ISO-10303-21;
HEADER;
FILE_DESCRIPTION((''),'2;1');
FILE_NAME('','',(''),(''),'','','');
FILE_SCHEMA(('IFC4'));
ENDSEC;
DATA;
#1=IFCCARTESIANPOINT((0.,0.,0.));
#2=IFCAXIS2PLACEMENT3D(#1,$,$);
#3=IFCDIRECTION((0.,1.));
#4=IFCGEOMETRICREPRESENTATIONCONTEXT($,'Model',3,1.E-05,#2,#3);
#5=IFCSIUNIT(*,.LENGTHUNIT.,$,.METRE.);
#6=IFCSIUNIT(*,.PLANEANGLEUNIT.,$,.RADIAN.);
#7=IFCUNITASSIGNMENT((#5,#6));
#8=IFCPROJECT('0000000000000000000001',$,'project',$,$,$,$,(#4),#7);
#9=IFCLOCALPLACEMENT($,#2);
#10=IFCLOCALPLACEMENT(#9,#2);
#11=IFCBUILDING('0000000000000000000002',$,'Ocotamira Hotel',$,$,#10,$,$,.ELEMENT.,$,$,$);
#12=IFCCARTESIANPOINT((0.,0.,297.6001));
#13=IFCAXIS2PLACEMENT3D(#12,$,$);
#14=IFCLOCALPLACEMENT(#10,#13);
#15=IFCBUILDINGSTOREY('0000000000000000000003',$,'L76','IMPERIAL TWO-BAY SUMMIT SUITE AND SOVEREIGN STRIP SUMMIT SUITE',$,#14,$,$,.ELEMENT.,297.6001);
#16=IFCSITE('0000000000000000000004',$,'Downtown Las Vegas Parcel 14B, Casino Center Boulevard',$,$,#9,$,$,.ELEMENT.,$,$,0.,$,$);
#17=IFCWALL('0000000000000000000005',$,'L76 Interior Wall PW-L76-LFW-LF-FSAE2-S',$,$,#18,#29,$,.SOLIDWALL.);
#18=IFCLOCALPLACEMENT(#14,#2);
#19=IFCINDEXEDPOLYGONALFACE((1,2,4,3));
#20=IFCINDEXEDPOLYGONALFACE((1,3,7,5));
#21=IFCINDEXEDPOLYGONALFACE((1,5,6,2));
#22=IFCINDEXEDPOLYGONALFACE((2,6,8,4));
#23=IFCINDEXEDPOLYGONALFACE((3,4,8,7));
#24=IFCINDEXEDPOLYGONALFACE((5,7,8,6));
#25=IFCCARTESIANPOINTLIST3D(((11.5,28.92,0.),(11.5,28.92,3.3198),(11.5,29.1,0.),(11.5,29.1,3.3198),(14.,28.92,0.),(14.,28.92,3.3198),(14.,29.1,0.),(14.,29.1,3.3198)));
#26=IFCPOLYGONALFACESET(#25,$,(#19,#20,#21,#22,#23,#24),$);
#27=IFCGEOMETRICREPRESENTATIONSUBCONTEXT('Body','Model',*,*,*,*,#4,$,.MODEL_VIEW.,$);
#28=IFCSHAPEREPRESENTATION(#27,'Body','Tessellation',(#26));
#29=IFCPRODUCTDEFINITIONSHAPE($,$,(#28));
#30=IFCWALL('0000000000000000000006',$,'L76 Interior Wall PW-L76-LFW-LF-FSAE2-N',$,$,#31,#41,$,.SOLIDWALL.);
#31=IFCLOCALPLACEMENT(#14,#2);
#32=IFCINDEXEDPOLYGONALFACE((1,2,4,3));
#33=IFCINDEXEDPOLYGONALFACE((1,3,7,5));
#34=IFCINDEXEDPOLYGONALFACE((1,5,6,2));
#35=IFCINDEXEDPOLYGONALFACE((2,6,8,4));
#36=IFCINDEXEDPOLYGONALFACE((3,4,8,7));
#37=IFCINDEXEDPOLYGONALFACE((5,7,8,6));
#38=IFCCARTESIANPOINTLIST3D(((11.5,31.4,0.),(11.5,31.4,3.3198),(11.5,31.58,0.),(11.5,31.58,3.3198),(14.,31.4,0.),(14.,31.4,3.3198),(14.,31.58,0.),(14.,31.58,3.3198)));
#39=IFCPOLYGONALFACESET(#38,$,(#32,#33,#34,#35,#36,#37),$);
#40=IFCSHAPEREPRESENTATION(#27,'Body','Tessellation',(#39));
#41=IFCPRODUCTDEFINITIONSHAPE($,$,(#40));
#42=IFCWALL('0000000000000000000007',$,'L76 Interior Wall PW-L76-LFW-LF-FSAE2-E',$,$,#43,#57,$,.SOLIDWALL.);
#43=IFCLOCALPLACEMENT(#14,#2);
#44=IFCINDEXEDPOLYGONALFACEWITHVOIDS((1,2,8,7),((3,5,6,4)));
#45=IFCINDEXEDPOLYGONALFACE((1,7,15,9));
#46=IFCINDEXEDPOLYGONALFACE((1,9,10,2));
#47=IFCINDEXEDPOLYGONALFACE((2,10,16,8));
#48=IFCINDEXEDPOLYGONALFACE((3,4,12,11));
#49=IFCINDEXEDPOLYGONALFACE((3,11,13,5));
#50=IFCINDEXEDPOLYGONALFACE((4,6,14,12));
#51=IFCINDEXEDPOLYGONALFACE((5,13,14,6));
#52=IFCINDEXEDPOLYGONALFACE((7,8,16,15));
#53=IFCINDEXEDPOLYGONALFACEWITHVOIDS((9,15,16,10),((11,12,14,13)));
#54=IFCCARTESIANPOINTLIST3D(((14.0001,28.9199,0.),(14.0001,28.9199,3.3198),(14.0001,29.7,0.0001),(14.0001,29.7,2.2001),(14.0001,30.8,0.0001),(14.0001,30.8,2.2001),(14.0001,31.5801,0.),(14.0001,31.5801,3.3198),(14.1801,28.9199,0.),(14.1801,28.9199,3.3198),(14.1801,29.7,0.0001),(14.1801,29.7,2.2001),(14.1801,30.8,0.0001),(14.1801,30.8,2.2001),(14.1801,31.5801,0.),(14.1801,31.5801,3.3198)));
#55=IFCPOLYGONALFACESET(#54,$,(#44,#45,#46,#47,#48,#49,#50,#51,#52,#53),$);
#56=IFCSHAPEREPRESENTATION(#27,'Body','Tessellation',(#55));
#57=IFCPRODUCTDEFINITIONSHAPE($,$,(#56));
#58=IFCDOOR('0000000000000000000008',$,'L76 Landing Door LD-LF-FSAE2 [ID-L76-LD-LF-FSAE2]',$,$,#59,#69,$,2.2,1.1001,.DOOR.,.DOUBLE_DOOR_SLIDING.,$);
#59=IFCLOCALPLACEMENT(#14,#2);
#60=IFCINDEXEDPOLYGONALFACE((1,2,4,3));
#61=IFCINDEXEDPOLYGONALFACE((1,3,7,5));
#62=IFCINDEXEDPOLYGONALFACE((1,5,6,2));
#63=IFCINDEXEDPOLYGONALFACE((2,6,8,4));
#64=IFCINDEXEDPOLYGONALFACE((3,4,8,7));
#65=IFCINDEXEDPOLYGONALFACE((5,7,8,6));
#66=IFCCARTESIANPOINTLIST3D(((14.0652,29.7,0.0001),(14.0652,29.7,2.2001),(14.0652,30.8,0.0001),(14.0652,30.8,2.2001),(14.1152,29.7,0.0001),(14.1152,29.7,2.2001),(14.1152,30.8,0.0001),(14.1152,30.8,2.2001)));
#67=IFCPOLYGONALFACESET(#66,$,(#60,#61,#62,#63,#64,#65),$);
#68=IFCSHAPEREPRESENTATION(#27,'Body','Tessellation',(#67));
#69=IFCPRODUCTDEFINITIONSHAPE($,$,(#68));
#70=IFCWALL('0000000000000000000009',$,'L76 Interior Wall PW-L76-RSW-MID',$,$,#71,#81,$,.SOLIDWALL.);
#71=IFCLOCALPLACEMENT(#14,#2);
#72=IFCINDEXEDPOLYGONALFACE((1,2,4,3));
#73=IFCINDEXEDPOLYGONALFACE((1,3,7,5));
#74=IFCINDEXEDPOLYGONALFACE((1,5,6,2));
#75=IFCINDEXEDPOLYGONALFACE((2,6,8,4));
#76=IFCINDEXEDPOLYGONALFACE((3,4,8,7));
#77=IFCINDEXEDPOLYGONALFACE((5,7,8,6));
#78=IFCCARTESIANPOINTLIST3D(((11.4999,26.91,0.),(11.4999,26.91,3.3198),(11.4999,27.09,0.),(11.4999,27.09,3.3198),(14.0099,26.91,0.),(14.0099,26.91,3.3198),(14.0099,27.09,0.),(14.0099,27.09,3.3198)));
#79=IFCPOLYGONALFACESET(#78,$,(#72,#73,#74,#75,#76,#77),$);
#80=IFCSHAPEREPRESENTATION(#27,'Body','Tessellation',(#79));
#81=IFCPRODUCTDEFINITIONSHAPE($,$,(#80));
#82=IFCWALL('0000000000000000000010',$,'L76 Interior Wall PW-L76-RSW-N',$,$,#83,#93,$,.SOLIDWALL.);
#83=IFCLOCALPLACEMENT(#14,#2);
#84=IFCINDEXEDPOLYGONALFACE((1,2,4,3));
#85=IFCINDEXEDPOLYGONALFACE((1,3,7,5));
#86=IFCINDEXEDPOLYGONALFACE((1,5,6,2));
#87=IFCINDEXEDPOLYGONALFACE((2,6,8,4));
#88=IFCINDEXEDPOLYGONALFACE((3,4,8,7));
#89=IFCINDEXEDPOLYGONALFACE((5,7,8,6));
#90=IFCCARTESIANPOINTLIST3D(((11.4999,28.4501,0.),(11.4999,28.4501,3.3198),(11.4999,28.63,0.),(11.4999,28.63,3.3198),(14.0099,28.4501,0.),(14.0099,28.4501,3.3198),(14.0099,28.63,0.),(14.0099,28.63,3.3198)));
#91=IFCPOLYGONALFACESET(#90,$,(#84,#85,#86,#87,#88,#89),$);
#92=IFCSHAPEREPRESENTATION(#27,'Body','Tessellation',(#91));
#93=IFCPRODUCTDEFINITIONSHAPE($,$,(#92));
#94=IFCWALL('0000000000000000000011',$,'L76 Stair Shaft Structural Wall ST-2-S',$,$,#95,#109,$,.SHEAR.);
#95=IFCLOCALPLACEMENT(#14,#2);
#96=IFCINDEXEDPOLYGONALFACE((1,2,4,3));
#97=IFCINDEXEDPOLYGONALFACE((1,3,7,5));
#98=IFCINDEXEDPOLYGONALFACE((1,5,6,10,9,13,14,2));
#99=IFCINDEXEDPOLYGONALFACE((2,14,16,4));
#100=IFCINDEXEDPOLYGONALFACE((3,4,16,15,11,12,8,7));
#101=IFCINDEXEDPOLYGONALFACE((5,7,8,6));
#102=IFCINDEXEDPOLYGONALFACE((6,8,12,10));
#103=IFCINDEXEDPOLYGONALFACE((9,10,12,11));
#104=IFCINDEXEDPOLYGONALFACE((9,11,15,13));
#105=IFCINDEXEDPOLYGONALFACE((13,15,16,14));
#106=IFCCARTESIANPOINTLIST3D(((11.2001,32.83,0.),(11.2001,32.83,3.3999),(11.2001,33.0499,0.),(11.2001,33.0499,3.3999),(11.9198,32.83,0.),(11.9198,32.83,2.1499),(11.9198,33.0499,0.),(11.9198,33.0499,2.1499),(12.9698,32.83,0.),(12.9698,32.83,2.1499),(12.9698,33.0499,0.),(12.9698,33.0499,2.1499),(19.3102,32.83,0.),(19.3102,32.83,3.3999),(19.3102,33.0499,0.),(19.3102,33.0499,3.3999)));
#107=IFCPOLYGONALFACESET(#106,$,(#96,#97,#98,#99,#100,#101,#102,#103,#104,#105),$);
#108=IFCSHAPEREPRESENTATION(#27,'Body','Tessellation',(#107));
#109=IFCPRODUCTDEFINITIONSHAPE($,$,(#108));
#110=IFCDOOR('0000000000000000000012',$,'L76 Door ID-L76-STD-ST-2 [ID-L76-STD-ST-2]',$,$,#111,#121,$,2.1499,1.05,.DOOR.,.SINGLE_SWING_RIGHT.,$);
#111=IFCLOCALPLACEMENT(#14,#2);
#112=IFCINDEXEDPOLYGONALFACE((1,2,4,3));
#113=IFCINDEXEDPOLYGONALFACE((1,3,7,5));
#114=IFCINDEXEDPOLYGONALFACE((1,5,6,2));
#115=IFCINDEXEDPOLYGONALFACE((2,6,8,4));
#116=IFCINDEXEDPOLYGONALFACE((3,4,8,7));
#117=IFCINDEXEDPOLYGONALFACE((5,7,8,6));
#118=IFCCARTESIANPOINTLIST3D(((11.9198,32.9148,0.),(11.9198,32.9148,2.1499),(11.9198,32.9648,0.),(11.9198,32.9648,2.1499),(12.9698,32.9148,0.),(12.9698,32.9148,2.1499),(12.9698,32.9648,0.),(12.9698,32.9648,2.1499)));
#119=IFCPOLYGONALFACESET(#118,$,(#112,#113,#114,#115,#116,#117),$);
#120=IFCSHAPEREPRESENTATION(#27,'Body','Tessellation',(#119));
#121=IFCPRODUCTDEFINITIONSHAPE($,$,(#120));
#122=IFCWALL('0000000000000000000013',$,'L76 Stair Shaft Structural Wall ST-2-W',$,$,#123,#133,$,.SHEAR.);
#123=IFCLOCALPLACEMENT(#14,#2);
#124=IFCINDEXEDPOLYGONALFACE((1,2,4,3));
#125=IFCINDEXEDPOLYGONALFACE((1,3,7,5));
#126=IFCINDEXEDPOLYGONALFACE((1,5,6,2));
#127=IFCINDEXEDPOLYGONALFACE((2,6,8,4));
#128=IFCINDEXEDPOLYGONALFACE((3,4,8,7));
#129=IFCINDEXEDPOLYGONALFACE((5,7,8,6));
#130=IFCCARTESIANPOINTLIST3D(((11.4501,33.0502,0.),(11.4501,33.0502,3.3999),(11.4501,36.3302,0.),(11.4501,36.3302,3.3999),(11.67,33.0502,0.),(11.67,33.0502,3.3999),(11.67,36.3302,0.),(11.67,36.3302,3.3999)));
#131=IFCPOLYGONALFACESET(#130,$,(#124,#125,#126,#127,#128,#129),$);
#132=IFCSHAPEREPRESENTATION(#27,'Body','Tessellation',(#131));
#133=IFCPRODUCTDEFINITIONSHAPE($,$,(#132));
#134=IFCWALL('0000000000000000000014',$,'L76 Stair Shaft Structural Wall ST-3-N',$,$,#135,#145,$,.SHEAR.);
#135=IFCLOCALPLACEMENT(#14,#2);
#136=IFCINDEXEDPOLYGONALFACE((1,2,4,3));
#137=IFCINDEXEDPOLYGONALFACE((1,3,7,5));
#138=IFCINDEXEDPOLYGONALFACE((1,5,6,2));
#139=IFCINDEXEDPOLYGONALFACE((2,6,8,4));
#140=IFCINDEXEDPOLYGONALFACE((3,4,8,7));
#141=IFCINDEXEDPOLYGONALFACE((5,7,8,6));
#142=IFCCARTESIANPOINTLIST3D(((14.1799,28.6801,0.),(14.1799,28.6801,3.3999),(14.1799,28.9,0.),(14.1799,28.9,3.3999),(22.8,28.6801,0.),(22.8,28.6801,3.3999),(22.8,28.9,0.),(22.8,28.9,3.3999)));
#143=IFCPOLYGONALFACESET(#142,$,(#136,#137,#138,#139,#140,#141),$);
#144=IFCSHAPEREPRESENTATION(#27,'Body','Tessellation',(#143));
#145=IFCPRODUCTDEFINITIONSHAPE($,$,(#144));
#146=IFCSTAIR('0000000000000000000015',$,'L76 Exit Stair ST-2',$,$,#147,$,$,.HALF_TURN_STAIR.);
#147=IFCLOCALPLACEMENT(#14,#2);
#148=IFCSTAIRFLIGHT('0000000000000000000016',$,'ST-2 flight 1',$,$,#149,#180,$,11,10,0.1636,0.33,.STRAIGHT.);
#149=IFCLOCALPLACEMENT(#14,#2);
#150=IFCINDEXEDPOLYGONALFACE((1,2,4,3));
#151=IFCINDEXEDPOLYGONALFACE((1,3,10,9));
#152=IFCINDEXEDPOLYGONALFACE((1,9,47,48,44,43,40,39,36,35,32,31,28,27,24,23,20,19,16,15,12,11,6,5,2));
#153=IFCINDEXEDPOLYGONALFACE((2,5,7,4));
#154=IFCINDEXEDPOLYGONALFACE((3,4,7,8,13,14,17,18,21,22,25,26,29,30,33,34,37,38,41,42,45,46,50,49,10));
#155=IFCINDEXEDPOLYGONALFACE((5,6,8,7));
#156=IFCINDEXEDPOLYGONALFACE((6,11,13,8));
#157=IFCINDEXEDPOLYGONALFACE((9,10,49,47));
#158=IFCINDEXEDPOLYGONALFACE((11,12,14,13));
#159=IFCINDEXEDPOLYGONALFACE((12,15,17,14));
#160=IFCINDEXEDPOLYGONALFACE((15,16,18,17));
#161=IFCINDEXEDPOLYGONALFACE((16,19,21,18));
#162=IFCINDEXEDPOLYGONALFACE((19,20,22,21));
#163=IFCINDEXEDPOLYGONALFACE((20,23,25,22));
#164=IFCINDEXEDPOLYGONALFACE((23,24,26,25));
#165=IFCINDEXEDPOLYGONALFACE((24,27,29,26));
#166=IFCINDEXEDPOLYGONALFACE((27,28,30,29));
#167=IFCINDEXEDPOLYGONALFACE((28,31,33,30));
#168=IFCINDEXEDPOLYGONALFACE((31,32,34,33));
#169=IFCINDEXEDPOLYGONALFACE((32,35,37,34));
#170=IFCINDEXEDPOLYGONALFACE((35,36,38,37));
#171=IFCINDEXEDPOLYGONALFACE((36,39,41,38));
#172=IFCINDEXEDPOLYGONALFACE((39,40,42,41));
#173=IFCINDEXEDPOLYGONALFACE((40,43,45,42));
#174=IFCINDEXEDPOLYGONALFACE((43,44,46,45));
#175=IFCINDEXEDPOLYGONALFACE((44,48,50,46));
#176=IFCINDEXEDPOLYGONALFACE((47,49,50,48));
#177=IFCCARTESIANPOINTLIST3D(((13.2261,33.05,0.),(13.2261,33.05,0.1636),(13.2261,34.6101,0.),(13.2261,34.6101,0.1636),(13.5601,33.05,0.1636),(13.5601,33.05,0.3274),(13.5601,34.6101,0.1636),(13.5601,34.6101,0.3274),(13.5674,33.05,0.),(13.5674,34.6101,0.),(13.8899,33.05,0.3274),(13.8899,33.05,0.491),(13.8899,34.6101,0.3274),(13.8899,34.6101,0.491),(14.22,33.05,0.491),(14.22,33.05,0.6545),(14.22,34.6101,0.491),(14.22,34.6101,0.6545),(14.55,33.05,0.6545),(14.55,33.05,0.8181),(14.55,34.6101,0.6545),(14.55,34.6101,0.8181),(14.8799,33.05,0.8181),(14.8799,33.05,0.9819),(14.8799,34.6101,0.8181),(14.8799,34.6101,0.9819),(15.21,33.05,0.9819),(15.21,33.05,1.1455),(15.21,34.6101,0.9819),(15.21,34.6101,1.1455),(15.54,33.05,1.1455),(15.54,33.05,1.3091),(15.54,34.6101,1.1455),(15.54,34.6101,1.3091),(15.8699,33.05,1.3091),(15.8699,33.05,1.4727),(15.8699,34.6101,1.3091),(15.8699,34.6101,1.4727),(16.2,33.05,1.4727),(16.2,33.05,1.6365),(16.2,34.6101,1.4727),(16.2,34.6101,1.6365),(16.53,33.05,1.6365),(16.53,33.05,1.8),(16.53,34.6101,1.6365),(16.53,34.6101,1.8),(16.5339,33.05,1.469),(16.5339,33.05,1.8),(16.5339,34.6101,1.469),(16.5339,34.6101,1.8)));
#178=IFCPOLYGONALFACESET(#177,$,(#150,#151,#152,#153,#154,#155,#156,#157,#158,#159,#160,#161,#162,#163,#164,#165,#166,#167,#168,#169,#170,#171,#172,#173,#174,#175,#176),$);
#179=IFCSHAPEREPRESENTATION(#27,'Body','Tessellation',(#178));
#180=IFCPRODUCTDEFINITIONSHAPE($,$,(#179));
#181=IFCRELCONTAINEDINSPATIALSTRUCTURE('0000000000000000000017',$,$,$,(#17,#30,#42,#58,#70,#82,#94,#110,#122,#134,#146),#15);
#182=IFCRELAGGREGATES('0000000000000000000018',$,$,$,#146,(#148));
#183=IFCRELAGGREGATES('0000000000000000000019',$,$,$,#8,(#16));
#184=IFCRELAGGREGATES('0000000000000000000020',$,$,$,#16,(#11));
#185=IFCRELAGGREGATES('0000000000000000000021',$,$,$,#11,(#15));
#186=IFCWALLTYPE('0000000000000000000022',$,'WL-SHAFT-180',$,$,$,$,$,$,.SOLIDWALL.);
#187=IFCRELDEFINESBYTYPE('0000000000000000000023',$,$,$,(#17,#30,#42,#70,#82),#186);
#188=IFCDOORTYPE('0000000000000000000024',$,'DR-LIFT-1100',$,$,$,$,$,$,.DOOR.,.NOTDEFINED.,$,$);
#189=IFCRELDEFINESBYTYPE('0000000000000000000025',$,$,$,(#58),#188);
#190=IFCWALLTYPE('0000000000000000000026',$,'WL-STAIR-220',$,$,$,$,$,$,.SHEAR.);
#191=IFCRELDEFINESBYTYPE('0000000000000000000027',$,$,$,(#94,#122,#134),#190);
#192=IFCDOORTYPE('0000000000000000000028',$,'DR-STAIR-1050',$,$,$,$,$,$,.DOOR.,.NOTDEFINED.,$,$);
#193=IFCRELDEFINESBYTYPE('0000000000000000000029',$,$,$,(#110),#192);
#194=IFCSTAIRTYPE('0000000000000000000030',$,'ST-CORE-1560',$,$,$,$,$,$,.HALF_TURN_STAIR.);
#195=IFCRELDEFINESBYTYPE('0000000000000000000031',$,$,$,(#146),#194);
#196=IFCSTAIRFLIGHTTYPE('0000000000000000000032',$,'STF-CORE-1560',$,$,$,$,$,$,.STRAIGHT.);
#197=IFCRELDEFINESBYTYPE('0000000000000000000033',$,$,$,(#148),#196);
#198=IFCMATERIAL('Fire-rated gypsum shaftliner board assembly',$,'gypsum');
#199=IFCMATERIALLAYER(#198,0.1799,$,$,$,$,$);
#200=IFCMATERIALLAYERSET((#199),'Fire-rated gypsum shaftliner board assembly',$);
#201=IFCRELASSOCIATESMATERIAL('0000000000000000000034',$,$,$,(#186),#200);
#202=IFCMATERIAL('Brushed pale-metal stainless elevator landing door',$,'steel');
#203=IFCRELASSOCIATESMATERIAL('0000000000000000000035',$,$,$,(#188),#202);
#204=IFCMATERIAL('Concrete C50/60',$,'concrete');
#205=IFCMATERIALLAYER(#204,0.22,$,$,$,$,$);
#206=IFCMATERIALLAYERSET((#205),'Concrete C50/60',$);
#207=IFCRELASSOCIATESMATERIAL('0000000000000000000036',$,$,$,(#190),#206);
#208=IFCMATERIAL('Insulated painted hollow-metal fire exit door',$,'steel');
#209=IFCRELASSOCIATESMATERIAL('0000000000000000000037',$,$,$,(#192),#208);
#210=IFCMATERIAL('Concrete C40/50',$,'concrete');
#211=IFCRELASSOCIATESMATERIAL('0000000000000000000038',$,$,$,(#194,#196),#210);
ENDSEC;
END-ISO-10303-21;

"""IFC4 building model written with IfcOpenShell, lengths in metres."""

from ifc_helpers import new_model, si_unit, direction, frame, frame_2d, origin, place, context, subcontext, project, spatial, polyline, rectangle, outline, extrude, source, transform, mapped, material, layer, layer_set, type_object, element, fill, aggregate, save


model = new_model("IFC4")

# Units and contexts
model_context = context("Model", 3, precision=1e-05, world=origin(), true_north=direction((0.0, 1.0)))
body_context = subcontext(model_context, "Body", "Model", "MODEL_VIEW")
ifc_project = project(units=[si_unit("LENGTHUNIT", "METRE"), si_unit("PLANEANGLEUNIT", "RADIAN")], contexts=[model_context])

# Site, building, storey
site_placement = place(None, origin())
site = spatial("IfcSite", under=ifc_project, at=site_placement, Name="Downtown Las Vegas Parcel 14B, Casino Center Boulevard", CompositionType="ELEMENT", RefElevation=0.0)
building_placement = place(site_placement, origin())
building = spatial("IfcBuilding", under=site, at=building_placement, Name="Ocotamira Hotel", CompositionType="ELEMENT")
storey_placement = place(building_placement, frame((0.0, 0.0, 297.6001)))
storey = spatial("IfcBuildingStorey", under=building, at=storey_placement, Name="L76", Description="IMPERIAL TWO-BAY SUMMIT SUITE AND SOVEREIGN STRIP SUMMIT SUITE", CompositionType="ELEMENT", Elevation=297.6001)

# Walls
ifc_material_1 = material(Name="Fire-rated gypsum shaftliner board assembly", Category="gypsum")
ifc_layer_1 = layer(ifc_material_1, 0.1799)
ifc_layer_set_1 = layer_set([ifc_layer_1], Name="Fire-rated gypsum shaftliner board assembly")
wall_type_1 = type_object("IfcWallType", Name="WL-SHAFT-180", PredefinedType="SOLIDWALL", material=ifc_layer_set_1)
for number, where, z_axis, x_axis, name in (
    (1, (11.5, 29.01, 0.0), (0.0, 0.0, 1.0), (1.0, 0.0, 0.0), "L76 Interior Wall PW-L76-LFW-LF-FSAE2-S"),
    (2, (11.5, 31.49, 0.0), (0.0, 0.0, 1.0), (1.0, 0.0, 0.0), "L76 Interior Wall PW-L76-LFW-LF-FSAE2-N"),
):
    element("IfcWall", number, at=place(storey_placement, frame(where, z_axis=z_axis, x_axis=x_axis)), inside=storey, type_object=wall_type_1, Name=name, PredefinedType="SOLIDWALL", context=body_context, shape_type="SweptSolid", body=[
        extrude(rectangle(XDim=2.5, YDim=0.1799, at=frame_2d((1.25, 0.0))), origin(), (0.0, 0.0, 1.0), 3.3198),
    ])

# Wall, opening, door
wall_1_placement = place(storey_placement, frame((14.0901, 28.9199, 0.0), z_axis=(0.0, 0.0, 1.0), x_axis=(0.0, 1.0, 0.0)))
wall_1 = element("IfcWall", 3, at=wall_1_placement, inside=storey, type_object=wall_type_1, Name="L76 Interior Wall PW-L76-LFW-LF-FSAE2-E", PredefinedType="SOLIDWALL", context=body_context, shape_type="SweptSolid", body=[
    extrude(rectangle(XDim=2.6602, YDim=0.1799, at=frame_2d((1.3301, 0.0))), origin(), (0.0, 0.0, 1.0), 3.3198),
])
opening_1_placement = place(wall_1_placement, frame((0.78, 0.0, 0.0)))
opening_1 = element("IfcOpeningElement", 4, at=opening_1_placement, cuts=wall_1, PredefinedType="OPENING", context=body_context, shape_type="SweptSolid", body=[
    extrude(rectangle(XDim=1.1001, YDim=2.2, at=frame_2d((0.55, 1.1001))), frame((0.0, 0.1001, 0.0), z_axis=(0.0, -1.0, 0.0), x_axis=(1.0, 0.0, 0.0)), (0.0, 0.0, 1.0), 0.2),
])
ifc_material_2 = material(Name="Brushed pale-metal stainless elevator landing door", Category="steel")
door_type_1 = type_object("IfcDoorType", Name="DR-LIFT-1100", OperationType="NOTDEFINED", PredefinedType="DOOR", material=ifc_material_2)
shared_shape_1 = source(origin(), body_context, "Body", "SweptSolid", [
    extrude(rectangle(XDim=1.1001, YDim=2.2, at=frame_2d((0.55, 1.1001))), frame((0.0, 0.0249, 0.0), z_axis=(0.0, -1.0, 0.0), x_axis=(1.0, 0.0, 0.0)), (0.0, 0.0, 1.0), 0.05),
])
door_1_placement = place(opening_1_placement, origin())
door_1 = element("IfcDoor", 5, at=door_1_placement, inside=storey, type_object=door_type_1, Name="L76 Landing Door LD-LF-FSAE2 [ID-L76-LD-LF-FSAE2]", OperationType="DOUBLE_DOOR_SLIDING", OverallHeight=2.2, OverallWidth=1.1001, PredefinedType="DOOR", context=body_context, shape_type="MappedRepresentation", body=[
    mapped(shared_shape_1, transform((0.0, 0.0, 0.0), scale=1.0)),
])
fill(opening_1, door_1)

# Walls
for number, where, z_axis, x_axis, name in (
    (6, (11.5, 27.0, 0.0), (0.0, 0.0, 1.0), (1.0, 0.0, 0.0), "L76 Interior Wall PW-L76-RSW-MID"),
    (7, (11.5, 28.54, 0.0), (0.0, 0.0, 1.0), (1.0, 0.0, 0.0), "L76 Interior Wall PW-L76-RSW-N"),
):
    element("IfcWall", number, at=place(storey_placement, frame(where, z_axis=z_axis, x_axis=x_axis)), inside=storey, type_object=wall_type_1, Name=name, PredefinedType="SOLIDWALL", context=body_context, shape_type="SweptSolid", body=[
        extrude(rectangle(XDim=2.51, YDim=0.1799, at=frame_2d((1.2549, 0.0))), origin(), (0.0, 0.0, 1.0), 3.3198),
    ])

# Wall, opening, door
ifc_material_3 = material(Name="Concrete C50/60", Category="concrete")
ifc_layer_2 = layer(ifc_material_3, 0.22)
ifc_layer_set_2 = layer_set([ifc_layer_2], Name="Concrete C50/60")
wall_type_2 = type_object("IfcWallType", Name="WL-STAIR-220", PredefinedType="SHEAR", material=ifc_layer_set_2)
wall_2_placement = place(storey_placement, frame((11.2, 32.9399, 0.0), z_axis=(0.0, 0.0, 1.0), x_axis=(1.0, 0.0, 0.0)))
wall_2 = element("IfcWall", 8, at=wall_2_placement, inside=storey, type_object=wall_type_2, Name="L76 Stair Shaft Structural Wall ST-2-S", PredefinedType="SHEAR", context=body_context, shape_type="SweptSolid", body=[
    extrude(rectangle(XDim=8.1101, YDim=0.22, at=frame_2d((4.0552, 0.0))), origin(), (0.0, 0.0, 1.0), 3.3999),
])
opening_2_placement = place(wall_2_placement, frame((0.72, 0.0, 0.0)))
opening_2 = element("IfcOpeningElement", 9, at=opening_2_placement, cuts=wall_2, PredefinedType="OPENING", context=body_context, shape_type="SweptSolid", body=[
    extrude(rectangle(XDim=1.05, YDim=2.1499, at=frame_2d((0.5249, 1.075))), frame((0.0, 0.1201, 0.0), z_axis=(0.0, -1.0, 0.0), x_axis=(1.0, 0.0, 0.0)), (0.0, 0.0, 1.0), 0.24),
])
ifc_material_4 = material(Name="Insulated painted hollow-metal fire exit door", Category="steel")
door_type_2 = type_object("IfcDoorType", Name="DR-STAIR-1050", OperationType="NOTDEFINED", PredefinedType="DOOR", material=ifc_material_4)
shared_shape_2 = source(origin(), body_context, "Body", "SweptSolid", [
    extrude(rectangle(XDim=1.05, YDim=2.1499, at=frame_2d((0.5249, 1.075))), frame((0.0, 0.0249, 0.0), z_axis=(0.0, -1.0, 0.0), x_axis=(1.0, 0.0, 0.0)), (0.0, 0.0, 1.0), 0.05),
])
door_2_placement = place(opening_2_placement, origin())
door_2 = element("IfcDoor", 10, at=door_2_placement, inside=storey, type_object=door_type_2, Name="L76 Door ID-L76-STD-ST-2 [ID-L76-STD-ST-2]", OperationType="SINGLE_SWING_RIGHT", OverallHeight=2.1499, OverallWidth=1.05, PredefinedType="DOOR", context=body_context, shape_type="MappedRepresentation", body=[
    mapped(shared_shape_2, transform((0.0, 0.0, 0.0), scale=1.0)),
])
fill(opening_2, door_2)

# Walls
wall_3_placement = place(storey_placement, frame((11.5601, 33.05, 0.0), z_axis=(0.0, 0.0, 1.0), x_axis=(0.0, 1.0, 0.0)))
element("IfcWall", 11, at=wall_3_placement, inside=storey, type_object=wall_type_2, Name="L76 Stair Shaft Structural Wall ST-2-W", PredefinedType="SHEAR", context=body_context, shape_type="SweptSolid", body=[
    extrude(rectangle(XDim=3.28, YDim=0.22, at=frame_2d((1.6401, 0.0))), origin(), (0.0, 0.0, 1.0), 3.3999),
])
wall_4_placement = place(storey_placement, frame((14.1799, 28.79, 0.0), z_axis=(0.0, 0.0, 1.0), x_axis=(1.0, 0.0, 0.0)))
element("IfcWall", 12, at=wall_4_placement, inside=storey, type_object=wall_type_2, Name="L76 Stair Shaft Structural Wall ST-3-N", PredefinedType="SHEAR", context=body_context, shape_type="SweptSolid", body=[
    extrude(rectangle(XDim=8.6201, YDim=0.22, at=frame_2d((4.3101, 0.0))), origin(), (0.0, 0.0, 1.0), 3.3999),
])

# Stair, stair flight
ifc_material_5 = material(Name="Concrete C40/50", Category="concrete")
stair_type = type_object("IfcStairType", Name="ST-CORE-1560", PredefinedType="HALF_TURN_STAIR", material=ifc_material_5)
stair_1_placement = place(storey_placement, origin())
stair_1 = element("IfcStair", 13, at=stair_1_placement, inside=storey, type_object=stair_type, Name="L76 Exit Stair ST-2", PredefinedType="HALF_TURN_STAIR")
stair_flight_type = type_object("IfcStairFlightType", Name="STF-CORE-1560", PredefinedType="STRAIGHT", material=ifc_material_5)
shared_shape_3 = source(origin(), body_context, "Body", "SweptSolid", [
    extrude(outline(polyline([(-0.0039, 0.0), (-0.0039, 0.1636), (0.3301, 0.1636), (0.3301, 0.3274), (0.6599, 0.3274), (0.6599, 0.491), (0.99, 0.491), (0.99, 0.6545), (1.3201, 0.6545), (1.3201, 0.8181), (1.6499, 0.8181), (1.6499, 0.9819), (1.98, 0.9819), (1.98, 1.1455), (2.3101, 1.1455), (2.3101, 1.3091), (2.6399, 1.3091), (2.6399, 1.4727), (2.97, 1.4727), (2.97, 1.6365), (3.3, 1.6365), (3.3, 1.8), (3.304, 1.8), (3.304, 1.469), (0.3374, 0.0), (-0.0039, 0.0)])), frame((0.0, 0.78, 0.0), z_axis=(0.0, -1.0, 0.0), x_axis=(1.0, 0.0, 0.0)), (0.0, 0.0, 1.0), 1.5601),
])
stair_flight_1_placement = place(storey_placement, frame((13.23, 33.8301, 0.0), z_axis=(0.0, 0.0, 1.0), x_axis=(1.0, 0.0, 0.0)))
stair_flight_1 = element("IfcStairFlight", 14, at=stair_flight_1_placement, type_object=stair_flight_type, Name="ST-2 flight 1", NumberOfRisers=11, NumberOfTreads=10, PredefinedType="STRAIGHT", RiserHeight=0.1636, TreadLength=0.33, context=body_context, shape_type="MappedRepresentation", body=[
    mapped(shared_shape_3, transform((0.0, 0.0, 0.0), scale=1.0)),
])
aggregate(stair_1, [stair_flight_1])

save(model, "model.ifc")
